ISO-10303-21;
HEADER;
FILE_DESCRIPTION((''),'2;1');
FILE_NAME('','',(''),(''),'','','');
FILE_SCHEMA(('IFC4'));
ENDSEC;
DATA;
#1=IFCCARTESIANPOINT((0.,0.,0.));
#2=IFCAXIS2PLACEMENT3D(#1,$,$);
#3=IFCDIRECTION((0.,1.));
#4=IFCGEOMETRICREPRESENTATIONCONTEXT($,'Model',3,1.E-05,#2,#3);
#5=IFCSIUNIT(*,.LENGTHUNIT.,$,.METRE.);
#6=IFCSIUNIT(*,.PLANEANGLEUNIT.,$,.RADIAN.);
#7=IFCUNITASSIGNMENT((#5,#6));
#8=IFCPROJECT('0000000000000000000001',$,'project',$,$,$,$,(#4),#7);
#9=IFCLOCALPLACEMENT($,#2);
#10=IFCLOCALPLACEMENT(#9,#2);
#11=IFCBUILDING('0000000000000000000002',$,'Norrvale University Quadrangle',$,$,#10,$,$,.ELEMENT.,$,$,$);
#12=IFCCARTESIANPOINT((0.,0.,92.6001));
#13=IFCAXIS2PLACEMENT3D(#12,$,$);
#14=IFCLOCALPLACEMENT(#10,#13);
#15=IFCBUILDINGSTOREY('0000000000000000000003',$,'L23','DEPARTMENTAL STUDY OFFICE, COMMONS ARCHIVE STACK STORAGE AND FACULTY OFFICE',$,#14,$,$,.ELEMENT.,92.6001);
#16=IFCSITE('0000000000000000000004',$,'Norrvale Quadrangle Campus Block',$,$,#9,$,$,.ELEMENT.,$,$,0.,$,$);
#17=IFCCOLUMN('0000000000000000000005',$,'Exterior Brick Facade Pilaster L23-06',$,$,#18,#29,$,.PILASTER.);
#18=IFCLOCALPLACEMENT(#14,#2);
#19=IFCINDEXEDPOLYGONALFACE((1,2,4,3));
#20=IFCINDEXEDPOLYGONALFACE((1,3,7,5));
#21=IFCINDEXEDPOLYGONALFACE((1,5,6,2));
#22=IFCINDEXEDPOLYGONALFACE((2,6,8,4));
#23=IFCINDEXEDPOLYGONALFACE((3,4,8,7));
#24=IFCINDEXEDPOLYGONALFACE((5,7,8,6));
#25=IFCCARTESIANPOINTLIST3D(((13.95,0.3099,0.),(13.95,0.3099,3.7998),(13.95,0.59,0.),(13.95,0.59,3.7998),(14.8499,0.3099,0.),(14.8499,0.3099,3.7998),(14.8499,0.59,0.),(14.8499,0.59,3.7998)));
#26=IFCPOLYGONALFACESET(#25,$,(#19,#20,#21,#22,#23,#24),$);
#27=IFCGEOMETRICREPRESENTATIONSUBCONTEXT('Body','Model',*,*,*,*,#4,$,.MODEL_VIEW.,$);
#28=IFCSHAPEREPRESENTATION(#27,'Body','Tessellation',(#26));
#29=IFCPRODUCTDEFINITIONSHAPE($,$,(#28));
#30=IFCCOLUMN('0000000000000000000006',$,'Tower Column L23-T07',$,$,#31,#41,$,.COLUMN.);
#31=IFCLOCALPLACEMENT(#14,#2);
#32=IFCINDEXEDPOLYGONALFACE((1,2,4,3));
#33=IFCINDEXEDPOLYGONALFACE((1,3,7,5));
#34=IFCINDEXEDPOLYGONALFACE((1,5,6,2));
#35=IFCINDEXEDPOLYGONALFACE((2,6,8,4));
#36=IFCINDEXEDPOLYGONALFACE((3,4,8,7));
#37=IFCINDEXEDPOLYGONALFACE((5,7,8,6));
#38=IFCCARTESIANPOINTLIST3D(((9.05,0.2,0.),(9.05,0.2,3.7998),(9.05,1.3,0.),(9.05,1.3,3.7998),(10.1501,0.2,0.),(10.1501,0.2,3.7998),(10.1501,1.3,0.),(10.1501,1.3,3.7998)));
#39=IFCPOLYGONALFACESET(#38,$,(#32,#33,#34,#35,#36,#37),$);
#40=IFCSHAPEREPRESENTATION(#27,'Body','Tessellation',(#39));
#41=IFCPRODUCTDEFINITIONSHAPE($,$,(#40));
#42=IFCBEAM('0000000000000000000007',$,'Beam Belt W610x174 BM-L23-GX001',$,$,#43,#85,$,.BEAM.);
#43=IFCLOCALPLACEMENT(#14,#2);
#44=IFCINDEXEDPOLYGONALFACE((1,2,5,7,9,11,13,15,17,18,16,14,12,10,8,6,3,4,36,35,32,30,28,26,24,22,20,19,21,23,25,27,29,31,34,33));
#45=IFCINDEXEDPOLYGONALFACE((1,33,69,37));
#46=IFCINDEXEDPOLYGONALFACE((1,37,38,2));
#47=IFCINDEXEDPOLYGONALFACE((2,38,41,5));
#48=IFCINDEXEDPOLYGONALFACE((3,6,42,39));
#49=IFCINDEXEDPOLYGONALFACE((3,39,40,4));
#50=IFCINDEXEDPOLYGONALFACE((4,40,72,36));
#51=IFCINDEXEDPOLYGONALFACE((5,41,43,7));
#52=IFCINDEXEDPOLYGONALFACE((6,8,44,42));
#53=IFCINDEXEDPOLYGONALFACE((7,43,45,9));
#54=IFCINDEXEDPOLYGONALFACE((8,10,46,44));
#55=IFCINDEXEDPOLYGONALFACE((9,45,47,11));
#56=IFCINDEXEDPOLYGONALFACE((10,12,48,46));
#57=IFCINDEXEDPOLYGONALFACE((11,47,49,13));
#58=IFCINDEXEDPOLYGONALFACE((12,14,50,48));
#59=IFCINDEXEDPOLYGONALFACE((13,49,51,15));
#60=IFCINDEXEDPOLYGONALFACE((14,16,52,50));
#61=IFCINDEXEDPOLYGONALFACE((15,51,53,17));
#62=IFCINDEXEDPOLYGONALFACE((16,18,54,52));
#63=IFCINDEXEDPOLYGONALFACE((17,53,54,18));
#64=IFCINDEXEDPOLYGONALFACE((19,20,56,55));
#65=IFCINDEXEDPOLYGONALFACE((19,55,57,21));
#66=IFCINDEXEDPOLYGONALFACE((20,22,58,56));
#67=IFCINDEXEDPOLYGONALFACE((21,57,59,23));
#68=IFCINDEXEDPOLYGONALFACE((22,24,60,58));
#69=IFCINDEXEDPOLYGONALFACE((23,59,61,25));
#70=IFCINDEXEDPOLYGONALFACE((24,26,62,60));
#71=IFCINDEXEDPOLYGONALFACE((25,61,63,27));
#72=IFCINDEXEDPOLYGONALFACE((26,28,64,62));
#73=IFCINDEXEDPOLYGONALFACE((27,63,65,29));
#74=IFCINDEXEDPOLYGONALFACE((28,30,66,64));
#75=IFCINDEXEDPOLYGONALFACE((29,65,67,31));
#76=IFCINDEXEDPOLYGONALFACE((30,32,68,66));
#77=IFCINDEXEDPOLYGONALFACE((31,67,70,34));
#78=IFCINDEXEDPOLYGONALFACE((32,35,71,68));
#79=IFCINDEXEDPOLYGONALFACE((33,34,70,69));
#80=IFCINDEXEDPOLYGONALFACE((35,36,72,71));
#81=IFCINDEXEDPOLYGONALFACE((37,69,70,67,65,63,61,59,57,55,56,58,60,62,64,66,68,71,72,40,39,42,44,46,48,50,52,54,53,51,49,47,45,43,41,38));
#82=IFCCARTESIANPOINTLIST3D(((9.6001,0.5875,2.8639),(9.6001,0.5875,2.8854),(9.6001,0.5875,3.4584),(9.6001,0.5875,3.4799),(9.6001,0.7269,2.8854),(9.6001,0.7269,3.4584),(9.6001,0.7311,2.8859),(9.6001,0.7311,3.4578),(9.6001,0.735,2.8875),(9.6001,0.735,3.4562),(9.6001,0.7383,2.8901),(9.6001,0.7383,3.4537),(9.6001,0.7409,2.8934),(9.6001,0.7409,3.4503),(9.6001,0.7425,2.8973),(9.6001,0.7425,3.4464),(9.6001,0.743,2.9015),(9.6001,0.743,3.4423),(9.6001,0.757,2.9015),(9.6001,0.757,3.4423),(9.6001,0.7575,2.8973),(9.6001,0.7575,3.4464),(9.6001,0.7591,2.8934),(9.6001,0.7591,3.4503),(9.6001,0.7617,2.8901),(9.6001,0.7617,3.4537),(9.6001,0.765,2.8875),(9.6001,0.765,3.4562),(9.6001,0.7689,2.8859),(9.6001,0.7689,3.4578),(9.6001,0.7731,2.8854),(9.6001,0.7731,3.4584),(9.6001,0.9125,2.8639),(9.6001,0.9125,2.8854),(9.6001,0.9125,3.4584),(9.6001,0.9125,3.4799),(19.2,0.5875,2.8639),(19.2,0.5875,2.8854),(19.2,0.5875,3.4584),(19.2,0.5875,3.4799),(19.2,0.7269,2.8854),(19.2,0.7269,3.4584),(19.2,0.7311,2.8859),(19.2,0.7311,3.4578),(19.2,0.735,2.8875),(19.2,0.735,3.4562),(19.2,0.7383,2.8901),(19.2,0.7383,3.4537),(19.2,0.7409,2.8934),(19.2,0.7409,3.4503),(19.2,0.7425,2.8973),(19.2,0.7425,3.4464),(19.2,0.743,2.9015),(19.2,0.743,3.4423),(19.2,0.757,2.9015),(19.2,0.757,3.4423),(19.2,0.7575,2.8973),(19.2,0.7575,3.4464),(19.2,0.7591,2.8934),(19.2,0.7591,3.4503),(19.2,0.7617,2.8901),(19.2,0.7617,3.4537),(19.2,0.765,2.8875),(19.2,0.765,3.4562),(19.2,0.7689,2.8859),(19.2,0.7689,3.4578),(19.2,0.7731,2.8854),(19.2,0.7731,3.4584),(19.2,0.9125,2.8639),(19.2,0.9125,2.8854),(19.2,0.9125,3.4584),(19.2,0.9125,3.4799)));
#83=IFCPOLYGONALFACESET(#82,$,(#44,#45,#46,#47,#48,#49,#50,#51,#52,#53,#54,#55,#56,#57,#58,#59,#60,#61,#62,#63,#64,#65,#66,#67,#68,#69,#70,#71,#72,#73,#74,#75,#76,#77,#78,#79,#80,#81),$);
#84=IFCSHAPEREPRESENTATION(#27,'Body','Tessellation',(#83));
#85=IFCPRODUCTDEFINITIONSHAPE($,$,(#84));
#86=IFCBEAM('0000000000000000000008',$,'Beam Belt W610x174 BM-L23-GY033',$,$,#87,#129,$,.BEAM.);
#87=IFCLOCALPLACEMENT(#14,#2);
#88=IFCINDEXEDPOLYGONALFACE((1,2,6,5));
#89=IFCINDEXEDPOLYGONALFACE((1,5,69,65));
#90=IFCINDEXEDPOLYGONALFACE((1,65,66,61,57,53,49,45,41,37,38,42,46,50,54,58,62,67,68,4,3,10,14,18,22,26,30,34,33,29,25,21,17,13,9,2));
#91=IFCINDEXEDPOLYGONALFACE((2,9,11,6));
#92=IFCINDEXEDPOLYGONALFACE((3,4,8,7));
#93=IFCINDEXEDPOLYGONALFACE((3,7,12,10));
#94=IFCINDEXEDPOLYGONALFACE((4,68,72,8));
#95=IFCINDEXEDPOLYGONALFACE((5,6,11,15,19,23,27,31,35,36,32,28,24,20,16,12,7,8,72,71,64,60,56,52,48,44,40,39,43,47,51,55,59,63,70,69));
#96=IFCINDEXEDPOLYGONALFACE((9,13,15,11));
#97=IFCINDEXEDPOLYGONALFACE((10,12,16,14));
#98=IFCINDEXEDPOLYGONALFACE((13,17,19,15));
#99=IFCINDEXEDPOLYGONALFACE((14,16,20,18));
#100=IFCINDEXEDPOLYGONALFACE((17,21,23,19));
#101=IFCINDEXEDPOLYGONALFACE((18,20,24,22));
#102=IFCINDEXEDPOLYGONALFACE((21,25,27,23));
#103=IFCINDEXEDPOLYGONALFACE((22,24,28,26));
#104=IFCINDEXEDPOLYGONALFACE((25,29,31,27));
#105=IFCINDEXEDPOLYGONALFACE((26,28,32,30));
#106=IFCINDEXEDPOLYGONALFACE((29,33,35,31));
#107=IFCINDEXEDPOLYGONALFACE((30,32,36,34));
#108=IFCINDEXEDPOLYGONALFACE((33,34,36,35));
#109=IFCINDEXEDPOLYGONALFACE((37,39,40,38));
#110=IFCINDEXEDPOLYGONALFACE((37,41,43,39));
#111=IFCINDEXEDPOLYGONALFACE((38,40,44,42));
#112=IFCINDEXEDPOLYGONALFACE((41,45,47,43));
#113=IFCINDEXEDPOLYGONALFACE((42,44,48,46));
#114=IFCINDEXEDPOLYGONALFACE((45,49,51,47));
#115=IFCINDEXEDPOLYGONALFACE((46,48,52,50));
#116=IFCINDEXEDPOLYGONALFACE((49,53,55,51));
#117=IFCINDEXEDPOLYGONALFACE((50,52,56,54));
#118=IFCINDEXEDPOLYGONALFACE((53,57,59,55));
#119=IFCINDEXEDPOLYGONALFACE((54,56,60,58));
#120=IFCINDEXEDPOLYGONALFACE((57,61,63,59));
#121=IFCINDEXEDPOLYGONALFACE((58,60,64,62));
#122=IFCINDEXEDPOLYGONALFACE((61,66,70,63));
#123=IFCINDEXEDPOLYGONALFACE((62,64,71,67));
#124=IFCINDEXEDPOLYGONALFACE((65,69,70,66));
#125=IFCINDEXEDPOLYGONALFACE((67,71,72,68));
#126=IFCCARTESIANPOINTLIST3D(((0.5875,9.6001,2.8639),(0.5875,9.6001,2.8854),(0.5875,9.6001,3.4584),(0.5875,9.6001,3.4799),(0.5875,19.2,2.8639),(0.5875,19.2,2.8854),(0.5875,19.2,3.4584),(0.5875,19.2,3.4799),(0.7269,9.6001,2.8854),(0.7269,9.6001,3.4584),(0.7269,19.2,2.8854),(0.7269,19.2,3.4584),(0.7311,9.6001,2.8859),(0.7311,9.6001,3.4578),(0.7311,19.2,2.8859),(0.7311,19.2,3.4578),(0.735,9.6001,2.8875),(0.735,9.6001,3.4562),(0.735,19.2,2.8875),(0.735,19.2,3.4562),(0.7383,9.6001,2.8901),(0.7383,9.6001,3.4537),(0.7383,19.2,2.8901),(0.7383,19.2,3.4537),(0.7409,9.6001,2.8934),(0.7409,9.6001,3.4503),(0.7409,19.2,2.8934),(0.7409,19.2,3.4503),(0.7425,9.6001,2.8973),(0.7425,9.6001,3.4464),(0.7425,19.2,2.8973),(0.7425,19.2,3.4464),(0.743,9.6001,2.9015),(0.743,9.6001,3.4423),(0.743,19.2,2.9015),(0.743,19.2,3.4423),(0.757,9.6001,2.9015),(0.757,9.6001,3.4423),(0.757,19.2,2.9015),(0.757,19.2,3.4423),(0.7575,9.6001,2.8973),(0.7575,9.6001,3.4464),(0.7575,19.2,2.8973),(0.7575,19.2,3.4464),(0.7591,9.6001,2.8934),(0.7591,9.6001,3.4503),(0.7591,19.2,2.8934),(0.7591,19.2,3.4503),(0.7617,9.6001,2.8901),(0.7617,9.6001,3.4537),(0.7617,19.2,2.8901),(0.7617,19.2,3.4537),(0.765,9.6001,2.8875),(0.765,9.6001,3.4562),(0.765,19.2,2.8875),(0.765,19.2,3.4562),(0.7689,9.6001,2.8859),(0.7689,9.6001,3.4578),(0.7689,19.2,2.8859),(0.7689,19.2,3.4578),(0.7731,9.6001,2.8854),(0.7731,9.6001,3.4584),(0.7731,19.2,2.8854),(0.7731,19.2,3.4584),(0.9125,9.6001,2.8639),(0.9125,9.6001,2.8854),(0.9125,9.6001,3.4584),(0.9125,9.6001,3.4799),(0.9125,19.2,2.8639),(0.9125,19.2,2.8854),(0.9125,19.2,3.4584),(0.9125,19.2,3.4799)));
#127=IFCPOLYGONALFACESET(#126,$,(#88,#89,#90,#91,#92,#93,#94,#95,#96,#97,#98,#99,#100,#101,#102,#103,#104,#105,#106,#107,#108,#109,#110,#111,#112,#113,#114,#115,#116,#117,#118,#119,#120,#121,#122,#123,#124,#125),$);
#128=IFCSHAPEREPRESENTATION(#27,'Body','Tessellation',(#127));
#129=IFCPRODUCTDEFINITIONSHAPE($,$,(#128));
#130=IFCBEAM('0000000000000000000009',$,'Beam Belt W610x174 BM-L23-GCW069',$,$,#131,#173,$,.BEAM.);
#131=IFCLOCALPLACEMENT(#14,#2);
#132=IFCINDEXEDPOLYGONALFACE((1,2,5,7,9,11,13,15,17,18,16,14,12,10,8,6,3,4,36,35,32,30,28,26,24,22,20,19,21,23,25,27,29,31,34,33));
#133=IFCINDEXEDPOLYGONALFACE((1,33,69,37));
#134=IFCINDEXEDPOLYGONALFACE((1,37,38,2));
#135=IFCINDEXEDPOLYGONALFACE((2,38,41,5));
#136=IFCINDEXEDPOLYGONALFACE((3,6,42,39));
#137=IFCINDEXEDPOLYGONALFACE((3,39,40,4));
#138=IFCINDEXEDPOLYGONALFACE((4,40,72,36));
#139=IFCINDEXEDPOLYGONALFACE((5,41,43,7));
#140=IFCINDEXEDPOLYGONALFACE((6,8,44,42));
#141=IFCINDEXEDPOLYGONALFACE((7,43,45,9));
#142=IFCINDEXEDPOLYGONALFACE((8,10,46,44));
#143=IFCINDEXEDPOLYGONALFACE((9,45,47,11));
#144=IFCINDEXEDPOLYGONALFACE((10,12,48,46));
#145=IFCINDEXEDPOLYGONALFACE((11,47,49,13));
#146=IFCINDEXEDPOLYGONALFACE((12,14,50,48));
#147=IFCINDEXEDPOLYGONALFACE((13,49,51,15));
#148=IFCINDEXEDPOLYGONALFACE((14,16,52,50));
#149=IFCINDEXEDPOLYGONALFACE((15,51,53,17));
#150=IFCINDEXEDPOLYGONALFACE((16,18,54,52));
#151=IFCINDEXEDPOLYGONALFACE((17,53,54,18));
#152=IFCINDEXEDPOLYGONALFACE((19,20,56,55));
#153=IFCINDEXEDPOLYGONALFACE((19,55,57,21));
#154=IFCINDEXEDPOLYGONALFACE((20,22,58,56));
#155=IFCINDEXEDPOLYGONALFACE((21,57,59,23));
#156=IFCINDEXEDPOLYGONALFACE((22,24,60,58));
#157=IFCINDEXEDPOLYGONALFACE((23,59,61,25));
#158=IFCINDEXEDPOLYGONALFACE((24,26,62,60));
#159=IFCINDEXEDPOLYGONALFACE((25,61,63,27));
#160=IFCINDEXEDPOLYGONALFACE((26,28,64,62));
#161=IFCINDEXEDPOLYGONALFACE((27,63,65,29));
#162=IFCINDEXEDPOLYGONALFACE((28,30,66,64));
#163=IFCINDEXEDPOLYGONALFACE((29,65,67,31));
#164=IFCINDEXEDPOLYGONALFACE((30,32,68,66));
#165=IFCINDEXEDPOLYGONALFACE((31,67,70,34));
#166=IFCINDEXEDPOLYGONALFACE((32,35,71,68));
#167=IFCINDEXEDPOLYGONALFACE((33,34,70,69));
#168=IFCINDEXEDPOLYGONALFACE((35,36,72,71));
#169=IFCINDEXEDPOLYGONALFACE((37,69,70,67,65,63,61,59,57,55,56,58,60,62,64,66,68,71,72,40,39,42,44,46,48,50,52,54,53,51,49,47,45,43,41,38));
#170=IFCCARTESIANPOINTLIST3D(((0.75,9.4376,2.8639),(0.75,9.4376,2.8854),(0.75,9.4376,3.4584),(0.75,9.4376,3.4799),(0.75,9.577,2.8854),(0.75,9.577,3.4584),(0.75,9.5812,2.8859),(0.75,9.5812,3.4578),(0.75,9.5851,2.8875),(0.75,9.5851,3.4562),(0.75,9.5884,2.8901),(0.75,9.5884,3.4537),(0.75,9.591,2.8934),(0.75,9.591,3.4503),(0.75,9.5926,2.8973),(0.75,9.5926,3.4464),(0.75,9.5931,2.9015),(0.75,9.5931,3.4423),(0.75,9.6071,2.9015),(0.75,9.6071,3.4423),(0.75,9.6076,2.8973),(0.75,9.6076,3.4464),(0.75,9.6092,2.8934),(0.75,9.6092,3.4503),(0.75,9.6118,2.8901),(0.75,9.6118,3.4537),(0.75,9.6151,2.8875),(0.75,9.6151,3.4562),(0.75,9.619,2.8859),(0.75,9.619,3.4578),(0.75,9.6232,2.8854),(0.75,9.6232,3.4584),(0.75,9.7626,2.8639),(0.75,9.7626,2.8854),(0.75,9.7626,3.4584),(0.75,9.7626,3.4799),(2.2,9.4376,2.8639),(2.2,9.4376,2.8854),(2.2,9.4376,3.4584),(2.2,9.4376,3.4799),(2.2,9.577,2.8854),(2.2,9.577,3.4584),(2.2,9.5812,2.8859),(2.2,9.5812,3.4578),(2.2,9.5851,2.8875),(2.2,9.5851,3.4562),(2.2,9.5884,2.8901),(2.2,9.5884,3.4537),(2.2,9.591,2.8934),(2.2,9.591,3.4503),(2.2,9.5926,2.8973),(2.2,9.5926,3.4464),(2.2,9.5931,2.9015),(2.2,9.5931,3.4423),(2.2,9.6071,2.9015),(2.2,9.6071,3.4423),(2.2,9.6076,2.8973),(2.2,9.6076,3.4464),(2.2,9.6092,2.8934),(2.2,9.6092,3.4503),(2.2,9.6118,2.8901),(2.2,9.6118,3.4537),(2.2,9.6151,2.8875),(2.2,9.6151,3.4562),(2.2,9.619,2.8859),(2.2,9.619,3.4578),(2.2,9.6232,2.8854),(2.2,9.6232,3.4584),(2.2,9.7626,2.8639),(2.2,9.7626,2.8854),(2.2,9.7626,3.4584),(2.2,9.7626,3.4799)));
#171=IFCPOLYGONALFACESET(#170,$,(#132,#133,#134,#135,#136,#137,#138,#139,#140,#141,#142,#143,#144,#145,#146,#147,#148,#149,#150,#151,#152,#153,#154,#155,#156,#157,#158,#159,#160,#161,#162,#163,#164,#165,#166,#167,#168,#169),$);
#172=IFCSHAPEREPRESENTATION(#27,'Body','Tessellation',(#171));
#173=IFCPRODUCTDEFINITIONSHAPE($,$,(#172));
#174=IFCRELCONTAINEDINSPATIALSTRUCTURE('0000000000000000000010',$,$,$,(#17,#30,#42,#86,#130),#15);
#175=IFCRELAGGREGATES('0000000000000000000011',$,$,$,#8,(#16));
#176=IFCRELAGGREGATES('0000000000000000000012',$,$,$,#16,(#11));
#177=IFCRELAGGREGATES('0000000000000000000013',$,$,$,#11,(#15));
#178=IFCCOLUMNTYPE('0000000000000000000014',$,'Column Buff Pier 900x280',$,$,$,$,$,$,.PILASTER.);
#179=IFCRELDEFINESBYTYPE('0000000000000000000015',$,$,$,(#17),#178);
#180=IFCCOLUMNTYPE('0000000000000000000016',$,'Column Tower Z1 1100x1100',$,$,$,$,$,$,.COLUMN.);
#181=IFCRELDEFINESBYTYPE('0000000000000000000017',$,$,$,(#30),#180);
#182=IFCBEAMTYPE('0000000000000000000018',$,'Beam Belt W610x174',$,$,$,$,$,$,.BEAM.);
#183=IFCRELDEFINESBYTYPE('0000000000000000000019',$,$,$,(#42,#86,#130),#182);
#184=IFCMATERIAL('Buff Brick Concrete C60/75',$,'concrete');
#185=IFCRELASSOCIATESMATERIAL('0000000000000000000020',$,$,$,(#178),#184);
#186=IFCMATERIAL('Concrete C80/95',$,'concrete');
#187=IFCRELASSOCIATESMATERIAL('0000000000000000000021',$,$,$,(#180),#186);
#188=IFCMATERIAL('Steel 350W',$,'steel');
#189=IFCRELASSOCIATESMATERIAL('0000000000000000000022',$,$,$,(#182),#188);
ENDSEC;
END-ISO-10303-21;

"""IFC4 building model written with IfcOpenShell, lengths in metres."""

from ifc_helpers import new_model, si_unit, direction, frame, origin, origin_2d, place, context, subcontext, project, spatial, rectangle, i_section, extrude, material, material_profile, profile_set, type_object, element, save


model = new_model("IFC4")

# Units and contexts
model_context = context("Model", 3, precision=1e-05, world=origin(), true_north=direction((0.0, 1.0)))
body_context = subcontext(model_context, "Body", "Model", "MODEL_VIEW")
ifc_project = project(units=[si_unit("LENGTHUNIT", "METRE"), si_unit("PLANEANGLEUNIT", "RADIAN")], contexts=[model_context])

# Site, building, storey
site_placement = place(None, origin())
site = spatial("IfcSite", under=ifc_project, at=site_placement, Name="Norrvale Quadrangle Campus Block", CompositionType="ELEMENT", RefElevation=0.0)
building_placement = place(site_placement, origin())
building = spatial("IfcBuilding", under=site, at=building_placement, Name="Norrvale University Quadrangle", CompositionType="ELEMENT")
storey_placement = place(building_placement, frame((0.0, 0.0, 92.6001)))
storey = spatial("IfcBuildingStorey", under=building, at=storey_placement, Name="L23", Description="DEPARTMENTAL STUDY OFFICE, COMMONS ARCHIVE STACK STORAGE AND FACULTY OFFICE", CompositionType="ELEMENT", Elevation=92.6001)

# Columns
ifc_material_1 = material(Name="Buff Brick Concrete C60/75", Category="concrete")
ifc_material_profile_1 = material_profile(ifc_material_1, rectangle(XDim=0.8999, YDim=0.28, at=origin_2d()), Name="Buff Brick Concrete C60/75")
ifc_profile_set_1 = profile_set([ifc_material_profile_1], Name="Buff Brick Concrete C60/75")
column_type_1 = type_object("IfcColumnType", Name="Column Buff Pier 900x280", PredefinedType="PILASTER", material=ifc_profile_set_1)
column_1_placement = place(storey_placement, frame((14.3999, 0.45, 0.0), z_axis=(0.0, 0.0, 1.0), x_axis=(1.0, 0.0, 0.0)))
element("IfcColumn", 1, at=column_1_placement, inside=storey, type_object=column_type_1, Name="Exterior Brick Facade Pilaster L23-06", PredefinedType="PILASTER", context=body_context, shape_type="SweptSolid", body=[
    extrude(rectangle(XDim=0.8999, YDim=0.28, at=origin_2d()), origin(), (0.0, 0.0, 1.0), 3.7998),
])
ifc_material_2 = material(Name="Concrete C80/95", Category="concrete")
ifc_material_profile_2 = material_profile(ifc_material_2, rectangle(XDim=1.1001, YDim=1.1001, at=origin_2d()), Name="Concrete C80/95")
ifc_profile_set_2 = profile_set([ifc_material_profile_2], Name="Concrete C80/95")
column_type_2 = type_object("IfcColumnType", Name="Column Tower Z1 1100x1100", PredefinedType="COLUMN", material=ifc_profile_set_2)
column_2_placement = place(storey_placement, frame((9.6001, 0.75, 0.0), z_axis=(0.0, 0.0, 1.0), x_axis=(1.0, 0.0, 0.0)))
element("IfcColumn", 2, at=column_2_placement, inside=storey, type_object=column_type_2, Name="Tower Column L23-T07", PredefinedType="COLUMN", context=body_context, shape_type="SweptSolid", body=[
    extrude(rectangle(XDim=1.1001, YDim=1.1001, at=origin_2d()), origin(), (0.0, 0.0, 1.0), 3.7998),
])

# Beams
ifc_material_3 = material(Name="Steel 350W", Category="steel")
ifc_material_profile_3 = material_profile(ifc_material_3, i_section(OverallWidth=0.325, OverallDepth=0.616, WebThickness=0.0139, FlangeThickness=0.0215, FilletRadius=0.0161, at=origin_2d()), Name="Steel 350W")
ifc_profile_set_3 = profile_set([ifc_material_profile_3], Name="Steel 350W")
beam_type_1 = type_object("IfcBeamType", Name="Beam Belt W610x174", PredefinedType="BEAM", material=ifc_profile_set_3)
for number, where, z_axis, x_axis, name in (
    (3, (9.6001, 0.75, 3.1719), (1.0, 0.0, 0.0), (0.0, 1.0, 0.0), "Beam Belt W610x174 BM-L23-GX001"),
    (4, (0.75, 9.6001, 3.1719), (0.0, 1.0, 0.0), (-1.0, 0.0, 0.0), "Beam Belt W610x174 BM-L23-GY033"),
):
    element("IfcBeam", number, at=place(storey_placement, frame(where, z_axis=z_axis, x_axis=x_axis)), inside=storey, type_object=beam_type_1, Name=name, PredefinedType="BEAM", context=body_context, shape_type="SweptSolid", body=[
        extrude(i_section(OverallWidth=0.325, OverallDepth=0.616, WebThickness=0.0139, FlangeThickness=0.0215, FilletRadius=0.0161, at=origin_2d()), origin(), (0.0, 0.0, 1.0), 9.5999),
    ])
beam_1_placement = place(storey_placement, frame((0.75, 9.6001, 3.1719), z_axis=(1.0, 0.0, 0.0), x_axis=(0.0, 1.0, 0.0)))
element("IfcBeam", 5, at=beam_1_placement, inside=storey, type_object=beam_type_1, Name="Beam Belt W610x174 BM-L23-GCW069", PredefinedType="BEAM", context=body_context, shape_type="SweptSolid", body=[
    extrude(i_section(OverallWidth=0.325, OverallDepth=0.616, WebThickness=0.0139, FlangeThickness=0.0215, FilletRadius=0.0161, at=origin_2d()), origin(), (0.0, 0.0, 1.0), 1.45),
])

save(model, "model.ifc")
